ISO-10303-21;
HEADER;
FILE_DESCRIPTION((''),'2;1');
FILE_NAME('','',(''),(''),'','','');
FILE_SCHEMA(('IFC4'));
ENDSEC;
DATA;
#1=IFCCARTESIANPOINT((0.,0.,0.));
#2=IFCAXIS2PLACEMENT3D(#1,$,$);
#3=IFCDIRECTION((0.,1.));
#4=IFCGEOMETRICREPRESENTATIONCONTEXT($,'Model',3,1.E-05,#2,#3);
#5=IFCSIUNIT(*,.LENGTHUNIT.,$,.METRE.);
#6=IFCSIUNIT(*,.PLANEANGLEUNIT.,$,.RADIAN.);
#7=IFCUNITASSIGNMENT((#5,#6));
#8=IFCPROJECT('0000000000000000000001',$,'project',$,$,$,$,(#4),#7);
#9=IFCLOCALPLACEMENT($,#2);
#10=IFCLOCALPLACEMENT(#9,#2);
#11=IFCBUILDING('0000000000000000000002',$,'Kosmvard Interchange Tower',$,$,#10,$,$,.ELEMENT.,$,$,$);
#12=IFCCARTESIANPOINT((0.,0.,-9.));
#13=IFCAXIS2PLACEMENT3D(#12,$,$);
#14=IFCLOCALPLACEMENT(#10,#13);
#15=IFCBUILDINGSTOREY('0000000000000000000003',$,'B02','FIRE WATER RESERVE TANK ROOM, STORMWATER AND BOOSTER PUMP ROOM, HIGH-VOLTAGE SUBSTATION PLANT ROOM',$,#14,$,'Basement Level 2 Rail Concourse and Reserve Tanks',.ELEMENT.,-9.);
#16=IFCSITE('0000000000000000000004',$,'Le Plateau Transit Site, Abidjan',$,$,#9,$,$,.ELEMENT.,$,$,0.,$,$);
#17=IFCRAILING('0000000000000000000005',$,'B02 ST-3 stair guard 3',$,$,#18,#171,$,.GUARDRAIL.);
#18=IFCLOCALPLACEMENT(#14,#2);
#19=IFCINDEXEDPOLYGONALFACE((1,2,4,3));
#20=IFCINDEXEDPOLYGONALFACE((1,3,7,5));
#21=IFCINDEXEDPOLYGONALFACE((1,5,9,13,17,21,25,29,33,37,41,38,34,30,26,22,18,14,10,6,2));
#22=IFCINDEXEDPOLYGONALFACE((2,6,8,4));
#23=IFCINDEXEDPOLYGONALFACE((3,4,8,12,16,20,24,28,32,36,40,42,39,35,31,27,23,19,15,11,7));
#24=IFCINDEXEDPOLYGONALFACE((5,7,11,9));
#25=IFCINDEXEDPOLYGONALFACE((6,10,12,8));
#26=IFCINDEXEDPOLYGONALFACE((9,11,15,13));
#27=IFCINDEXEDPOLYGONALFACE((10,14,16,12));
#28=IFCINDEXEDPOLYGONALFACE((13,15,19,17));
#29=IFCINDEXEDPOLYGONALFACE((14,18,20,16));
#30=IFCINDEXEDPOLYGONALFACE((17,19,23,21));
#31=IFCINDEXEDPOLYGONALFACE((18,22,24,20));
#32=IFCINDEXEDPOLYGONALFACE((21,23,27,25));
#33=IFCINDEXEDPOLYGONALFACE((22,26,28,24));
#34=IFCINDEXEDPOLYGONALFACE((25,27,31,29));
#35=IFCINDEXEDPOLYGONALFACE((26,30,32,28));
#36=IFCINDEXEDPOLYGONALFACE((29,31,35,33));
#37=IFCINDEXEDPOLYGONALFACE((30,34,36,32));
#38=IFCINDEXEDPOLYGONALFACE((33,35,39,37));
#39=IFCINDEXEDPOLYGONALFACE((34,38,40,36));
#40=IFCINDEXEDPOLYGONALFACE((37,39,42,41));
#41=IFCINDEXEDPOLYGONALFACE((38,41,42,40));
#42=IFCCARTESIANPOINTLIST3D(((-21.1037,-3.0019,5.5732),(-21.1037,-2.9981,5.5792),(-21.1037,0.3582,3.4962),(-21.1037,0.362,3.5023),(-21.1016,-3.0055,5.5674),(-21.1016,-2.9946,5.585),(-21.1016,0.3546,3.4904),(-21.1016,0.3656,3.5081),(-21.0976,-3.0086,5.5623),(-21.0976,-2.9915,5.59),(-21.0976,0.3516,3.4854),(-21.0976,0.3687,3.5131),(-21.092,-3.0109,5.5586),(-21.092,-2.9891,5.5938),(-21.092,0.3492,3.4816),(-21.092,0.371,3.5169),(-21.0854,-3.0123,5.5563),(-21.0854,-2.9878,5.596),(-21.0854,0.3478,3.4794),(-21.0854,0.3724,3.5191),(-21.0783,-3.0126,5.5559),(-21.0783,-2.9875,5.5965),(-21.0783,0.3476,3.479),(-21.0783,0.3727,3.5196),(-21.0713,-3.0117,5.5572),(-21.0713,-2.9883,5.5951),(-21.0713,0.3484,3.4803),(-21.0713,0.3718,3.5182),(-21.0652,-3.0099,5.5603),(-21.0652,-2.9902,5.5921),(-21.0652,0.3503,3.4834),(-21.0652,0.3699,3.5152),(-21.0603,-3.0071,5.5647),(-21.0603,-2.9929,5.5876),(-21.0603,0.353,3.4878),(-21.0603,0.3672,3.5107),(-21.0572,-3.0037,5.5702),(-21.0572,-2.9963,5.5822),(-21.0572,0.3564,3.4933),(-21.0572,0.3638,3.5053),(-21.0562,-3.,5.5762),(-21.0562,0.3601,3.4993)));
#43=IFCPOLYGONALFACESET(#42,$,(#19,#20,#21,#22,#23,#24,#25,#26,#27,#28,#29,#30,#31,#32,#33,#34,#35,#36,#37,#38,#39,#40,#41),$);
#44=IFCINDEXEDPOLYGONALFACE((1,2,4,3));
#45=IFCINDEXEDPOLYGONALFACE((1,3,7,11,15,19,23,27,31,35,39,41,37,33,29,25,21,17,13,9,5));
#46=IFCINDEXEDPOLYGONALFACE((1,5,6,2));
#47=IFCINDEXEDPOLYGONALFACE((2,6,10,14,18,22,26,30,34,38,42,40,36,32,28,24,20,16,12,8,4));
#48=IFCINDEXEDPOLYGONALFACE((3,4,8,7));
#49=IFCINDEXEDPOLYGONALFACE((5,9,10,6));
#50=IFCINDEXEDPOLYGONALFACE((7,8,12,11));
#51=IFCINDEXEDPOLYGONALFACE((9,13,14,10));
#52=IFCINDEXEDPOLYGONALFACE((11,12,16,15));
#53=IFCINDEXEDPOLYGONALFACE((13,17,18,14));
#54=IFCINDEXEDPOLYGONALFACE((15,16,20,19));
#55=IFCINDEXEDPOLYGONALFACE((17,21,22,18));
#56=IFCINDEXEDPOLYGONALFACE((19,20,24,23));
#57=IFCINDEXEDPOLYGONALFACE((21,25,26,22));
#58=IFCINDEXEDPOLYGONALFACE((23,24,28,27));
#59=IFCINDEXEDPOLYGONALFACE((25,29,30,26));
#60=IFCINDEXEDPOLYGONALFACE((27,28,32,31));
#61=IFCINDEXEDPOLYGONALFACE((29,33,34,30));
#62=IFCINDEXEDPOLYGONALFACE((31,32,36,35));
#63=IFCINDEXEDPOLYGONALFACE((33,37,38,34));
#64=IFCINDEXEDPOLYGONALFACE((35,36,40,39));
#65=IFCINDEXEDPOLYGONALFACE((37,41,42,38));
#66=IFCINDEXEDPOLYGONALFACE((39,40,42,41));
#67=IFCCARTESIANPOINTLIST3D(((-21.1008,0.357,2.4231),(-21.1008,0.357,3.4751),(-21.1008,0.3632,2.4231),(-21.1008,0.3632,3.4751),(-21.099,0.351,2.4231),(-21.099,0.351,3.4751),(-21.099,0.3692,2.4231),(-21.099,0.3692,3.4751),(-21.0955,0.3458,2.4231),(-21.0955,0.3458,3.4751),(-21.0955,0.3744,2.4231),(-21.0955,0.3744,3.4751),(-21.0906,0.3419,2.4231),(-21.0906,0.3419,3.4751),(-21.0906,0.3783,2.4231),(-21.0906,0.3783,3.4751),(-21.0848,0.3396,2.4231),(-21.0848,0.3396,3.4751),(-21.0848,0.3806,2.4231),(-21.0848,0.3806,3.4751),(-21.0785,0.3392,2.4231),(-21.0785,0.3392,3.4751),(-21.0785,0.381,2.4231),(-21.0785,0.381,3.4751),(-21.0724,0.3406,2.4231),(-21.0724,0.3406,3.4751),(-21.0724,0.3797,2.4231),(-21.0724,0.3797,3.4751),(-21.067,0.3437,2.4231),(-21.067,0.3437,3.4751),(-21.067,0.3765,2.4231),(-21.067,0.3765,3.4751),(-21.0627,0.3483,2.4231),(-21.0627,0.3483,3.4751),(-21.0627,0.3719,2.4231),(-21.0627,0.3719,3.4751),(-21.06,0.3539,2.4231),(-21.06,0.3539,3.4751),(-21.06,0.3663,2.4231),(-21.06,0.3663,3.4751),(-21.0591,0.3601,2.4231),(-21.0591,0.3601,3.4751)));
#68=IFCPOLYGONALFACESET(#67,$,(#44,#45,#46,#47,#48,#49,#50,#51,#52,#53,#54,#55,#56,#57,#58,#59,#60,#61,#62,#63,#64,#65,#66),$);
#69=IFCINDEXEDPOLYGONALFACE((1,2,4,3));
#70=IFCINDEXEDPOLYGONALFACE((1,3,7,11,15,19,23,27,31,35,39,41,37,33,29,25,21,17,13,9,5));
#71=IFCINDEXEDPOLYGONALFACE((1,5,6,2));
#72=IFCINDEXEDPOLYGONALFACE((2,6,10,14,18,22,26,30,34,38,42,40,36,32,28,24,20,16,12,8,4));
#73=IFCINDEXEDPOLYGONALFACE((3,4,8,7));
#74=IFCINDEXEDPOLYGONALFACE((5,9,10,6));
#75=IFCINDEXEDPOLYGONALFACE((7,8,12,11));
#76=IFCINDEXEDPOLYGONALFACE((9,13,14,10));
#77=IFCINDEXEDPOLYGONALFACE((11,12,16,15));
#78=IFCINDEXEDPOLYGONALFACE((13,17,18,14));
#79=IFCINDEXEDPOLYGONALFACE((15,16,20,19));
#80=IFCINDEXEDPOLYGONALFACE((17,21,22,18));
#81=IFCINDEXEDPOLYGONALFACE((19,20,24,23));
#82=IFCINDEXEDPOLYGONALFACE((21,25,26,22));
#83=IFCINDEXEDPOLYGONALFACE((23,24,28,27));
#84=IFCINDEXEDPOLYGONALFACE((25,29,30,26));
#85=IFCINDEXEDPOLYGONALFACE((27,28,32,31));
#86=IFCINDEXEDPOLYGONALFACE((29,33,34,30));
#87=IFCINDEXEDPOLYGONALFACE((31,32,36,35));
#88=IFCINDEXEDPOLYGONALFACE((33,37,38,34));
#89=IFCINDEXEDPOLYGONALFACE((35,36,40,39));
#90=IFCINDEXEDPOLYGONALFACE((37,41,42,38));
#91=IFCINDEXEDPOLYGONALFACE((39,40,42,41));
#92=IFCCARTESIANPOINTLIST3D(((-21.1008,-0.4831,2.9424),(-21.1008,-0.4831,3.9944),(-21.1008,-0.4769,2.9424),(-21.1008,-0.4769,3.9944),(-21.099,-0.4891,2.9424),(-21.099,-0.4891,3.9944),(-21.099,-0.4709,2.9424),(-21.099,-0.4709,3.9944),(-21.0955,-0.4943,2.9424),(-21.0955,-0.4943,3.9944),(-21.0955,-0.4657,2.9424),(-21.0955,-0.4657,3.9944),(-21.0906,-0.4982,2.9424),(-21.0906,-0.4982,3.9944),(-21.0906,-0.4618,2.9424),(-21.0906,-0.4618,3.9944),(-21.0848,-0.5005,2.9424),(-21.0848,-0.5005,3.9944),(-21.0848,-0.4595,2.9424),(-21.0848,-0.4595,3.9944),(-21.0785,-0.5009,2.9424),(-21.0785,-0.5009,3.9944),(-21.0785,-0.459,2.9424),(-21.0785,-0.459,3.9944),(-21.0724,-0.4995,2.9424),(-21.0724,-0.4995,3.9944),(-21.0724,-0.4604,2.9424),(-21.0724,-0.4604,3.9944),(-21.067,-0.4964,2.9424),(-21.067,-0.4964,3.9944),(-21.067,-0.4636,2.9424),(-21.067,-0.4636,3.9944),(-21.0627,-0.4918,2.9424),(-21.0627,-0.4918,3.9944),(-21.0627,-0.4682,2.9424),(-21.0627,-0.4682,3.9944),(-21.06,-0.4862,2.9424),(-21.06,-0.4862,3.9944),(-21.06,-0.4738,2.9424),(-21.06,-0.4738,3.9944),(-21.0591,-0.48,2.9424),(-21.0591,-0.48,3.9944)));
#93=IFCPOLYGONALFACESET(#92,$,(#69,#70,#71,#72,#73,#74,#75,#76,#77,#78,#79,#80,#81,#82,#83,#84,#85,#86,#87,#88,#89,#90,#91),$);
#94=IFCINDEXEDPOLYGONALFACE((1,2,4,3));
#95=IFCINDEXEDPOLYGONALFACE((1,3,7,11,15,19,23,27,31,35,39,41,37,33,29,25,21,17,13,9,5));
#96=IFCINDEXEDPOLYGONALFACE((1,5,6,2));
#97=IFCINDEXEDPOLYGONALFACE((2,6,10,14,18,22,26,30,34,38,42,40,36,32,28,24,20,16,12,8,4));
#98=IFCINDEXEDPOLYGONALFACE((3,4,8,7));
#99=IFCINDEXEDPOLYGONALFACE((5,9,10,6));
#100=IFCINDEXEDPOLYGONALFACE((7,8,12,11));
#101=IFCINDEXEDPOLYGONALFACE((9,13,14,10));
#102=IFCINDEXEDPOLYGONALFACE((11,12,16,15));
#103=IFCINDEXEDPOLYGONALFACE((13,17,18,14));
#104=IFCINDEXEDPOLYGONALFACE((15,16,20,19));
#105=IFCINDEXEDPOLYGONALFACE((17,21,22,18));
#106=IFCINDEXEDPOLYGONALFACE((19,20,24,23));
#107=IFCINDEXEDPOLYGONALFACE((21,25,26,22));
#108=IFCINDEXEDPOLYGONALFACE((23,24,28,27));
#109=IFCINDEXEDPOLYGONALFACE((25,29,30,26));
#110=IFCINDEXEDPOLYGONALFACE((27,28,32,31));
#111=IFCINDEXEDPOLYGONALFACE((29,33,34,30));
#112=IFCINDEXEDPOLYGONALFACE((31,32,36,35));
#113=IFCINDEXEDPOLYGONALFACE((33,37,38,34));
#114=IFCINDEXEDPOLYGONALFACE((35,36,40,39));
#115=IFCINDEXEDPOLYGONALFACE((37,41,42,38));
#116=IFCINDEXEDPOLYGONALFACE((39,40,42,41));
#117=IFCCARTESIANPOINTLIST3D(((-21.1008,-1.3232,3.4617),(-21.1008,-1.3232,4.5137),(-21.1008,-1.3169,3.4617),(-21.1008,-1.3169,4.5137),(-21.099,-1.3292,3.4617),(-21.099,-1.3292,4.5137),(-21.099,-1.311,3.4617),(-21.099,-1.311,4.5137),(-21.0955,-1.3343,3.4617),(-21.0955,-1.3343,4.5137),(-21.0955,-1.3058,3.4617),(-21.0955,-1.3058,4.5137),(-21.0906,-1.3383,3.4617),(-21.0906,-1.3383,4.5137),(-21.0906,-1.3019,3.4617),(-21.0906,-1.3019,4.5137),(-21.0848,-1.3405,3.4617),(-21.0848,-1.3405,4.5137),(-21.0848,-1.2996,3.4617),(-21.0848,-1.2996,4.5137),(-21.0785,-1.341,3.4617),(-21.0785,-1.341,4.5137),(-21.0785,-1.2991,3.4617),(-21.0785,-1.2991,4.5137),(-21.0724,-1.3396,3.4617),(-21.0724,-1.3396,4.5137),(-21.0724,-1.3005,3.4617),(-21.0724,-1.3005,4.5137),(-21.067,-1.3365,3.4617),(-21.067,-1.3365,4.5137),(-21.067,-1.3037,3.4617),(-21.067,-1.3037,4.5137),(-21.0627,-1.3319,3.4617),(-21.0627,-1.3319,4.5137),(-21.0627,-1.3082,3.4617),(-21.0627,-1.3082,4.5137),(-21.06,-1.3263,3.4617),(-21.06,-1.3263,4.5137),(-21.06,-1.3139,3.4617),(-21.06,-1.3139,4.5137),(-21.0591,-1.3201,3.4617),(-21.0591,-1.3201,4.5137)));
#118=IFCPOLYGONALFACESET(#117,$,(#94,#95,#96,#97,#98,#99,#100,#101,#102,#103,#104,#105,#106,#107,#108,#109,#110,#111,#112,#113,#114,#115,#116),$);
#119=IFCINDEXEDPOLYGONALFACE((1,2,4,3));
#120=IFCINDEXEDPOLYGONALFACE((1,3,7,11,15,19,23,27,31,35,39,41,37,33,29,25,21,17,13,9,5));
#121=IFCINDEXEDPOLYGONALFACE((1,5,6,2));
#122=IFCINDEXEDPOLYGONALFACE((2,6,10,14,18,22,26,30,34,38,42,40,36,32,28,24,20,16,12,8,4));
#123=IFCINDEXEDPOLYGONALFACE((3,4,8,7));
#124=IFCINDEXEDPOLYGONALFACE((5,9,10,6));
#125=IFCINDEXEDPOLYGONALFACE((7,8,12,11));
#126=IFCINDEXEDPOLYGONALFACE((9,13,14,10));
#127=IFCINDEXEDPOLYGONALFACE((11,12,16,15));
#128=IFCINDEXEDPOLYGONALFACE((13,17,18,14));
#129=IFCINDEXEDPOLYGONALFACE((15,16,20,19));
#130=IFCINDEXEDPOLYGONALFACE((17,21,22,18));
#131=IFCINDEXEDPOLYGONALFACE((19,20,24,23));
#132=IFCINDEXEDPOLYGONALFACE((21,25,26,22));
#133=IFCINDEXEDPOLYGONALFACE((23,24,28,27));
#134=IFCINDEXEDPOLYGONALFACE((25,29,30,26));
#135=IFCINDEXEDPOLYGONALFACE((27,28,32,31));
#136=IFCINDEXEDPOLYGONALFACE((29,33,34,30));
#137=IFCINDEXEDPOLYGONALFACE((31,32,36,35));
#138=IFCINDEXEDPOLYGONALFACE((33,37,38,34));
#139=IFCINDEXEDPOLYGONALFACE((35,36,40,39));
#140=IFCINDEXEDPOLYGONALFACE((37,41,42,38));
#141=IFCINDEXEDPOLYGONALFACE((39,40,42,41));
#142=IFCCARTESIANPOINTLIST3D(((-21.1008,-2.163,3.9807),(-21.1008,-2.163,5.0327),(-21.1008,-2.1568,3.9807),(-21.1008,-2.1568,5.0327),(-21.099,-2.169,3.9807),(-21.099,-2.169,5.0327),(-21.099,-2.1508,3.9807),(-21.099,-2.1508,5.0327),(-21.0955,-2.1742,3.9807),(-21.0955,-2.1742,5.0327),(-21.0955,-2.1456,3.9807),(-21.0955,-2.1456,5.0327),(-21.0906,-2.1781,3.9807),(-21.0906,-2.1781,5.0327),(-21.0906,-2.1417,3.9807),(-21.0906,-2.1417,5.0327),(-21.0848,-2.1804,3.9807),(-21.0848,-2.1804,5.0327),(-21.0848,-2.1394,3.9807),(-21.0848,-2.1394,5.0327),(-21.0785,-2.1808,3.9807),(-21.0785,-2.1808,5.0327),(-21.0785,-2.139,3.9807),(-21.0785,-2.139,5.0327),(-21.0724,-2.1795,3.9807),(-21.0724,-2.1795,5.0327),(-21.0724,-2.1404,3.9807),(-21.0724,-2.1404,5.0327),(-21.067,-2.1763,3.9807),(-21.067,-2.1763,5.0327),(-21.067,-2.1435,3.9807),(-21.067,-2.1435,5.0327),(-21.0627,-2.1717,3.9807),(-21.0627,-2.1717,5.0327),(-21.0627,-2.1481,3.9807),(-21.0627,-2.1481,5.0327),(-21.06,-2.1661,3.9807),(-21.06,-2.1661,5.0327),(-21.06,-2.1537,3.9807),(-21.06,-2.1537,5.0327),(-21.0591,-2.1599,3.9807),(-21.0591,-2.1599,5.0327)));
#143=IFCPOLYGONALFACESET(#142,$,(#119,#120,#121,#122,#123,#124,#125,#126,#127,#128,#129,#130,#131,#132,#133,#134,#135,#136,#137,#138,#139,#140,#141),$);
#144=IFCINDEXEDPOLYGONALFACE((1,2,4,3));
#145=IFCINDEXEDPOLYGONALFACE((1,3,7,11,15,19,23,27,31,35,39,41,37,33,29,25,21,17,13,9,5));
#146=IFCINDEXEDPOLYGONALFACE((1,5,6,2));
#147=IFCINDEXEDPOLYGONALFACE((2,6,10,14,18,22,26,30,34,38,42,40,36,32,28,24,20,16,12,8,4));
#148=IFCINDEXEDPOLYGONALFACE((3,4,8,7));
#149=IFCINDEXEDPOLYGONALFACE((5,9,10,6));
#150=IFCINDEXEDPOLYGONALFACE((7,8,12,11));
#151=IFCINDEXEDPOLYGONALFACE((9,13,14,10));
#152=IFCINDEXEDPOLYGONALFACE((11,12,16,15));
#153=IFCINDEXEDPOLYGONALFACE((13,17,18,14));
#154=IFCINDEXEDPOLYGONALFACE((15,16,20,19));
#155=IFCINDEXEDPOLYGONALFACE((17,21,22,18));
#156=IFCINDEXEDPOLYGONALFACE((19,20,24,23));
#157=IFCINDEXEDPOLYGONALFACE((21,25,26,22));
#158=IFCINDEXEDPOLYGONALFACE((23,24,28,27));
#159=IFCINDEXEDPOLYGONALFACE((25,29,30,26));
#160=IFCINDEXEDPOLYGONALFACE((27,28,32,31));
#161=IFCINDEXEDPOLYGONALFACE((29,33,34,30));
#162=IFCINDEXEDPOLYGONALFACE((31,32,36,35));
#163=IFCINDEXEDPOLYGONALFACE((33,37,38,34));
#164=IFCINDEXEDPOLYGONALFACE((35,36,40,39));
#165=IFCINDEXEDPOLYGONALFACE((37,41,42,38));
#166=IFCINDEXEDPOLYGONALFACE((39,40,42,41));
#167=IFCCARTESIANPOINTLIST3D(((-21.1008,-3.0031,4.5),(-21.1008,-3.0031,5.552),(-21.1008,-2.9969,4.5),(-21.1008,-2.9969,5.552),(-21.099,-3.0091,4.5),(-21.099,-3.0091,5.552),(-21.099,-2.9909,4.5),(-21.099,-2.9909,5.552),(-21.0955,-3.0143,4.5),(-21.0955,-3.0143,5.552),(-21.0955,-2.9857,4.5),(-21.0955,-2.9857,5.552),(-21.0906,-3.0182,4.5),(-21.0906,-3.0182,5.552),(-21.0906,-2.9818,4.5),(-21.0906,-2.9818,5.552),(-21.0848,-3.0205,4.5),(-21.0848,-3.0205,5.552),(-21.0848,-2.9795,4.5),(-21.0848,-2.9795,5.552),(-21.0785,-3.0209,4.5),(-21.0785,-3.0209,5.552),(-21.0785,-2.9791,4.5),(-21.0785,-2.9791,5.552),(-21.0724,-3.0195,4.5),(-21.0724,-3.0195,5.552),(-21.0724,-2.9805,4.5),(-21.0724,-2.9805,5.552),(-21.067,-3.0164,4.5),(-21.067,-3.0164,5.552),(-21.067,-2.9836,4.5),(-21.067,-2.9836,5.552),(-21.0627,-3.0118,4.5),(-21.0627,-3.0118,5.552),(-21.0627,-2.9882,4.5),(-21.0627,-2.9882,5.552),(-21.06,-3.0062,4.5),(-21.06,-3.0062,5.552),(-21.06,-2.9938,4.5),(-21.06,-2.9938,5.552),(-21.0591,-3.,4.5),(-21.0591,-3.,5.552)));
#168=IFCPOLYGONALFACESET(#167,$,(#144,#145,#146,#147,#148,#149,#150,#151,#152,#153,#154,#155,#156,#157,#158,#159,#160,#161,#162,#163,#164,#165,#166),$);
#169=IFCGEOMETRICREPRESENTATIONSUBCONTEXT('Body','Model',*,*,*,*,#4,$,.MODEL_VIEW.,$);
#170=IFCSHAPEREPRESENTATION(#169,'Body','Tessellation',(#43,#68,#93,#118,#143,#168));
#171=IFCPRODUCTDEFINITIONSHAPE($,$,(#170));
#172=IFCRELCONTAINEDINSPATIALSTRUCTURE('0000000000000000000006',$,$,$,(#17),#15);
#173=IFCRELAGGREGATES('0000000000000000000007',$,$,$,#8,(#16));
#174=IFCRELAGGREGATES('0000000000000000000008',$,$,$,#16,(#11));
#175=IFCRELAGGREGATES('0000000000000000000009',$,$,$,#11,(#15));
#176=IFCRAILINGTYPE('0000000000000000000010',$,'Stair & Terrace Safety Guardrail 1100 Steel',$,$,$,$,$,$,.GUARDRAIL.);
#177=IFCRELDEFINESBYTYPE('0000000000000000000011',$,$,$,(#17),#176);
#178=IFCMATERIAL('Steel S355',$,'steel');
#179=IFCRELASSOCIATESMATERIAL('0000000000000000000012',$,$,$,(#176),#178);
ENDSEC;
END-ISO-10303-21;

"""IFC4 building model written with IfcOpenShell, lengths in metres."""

from ifc_helpers import new_model, si_unit, direction, frame, origin, origin_2d, place, context, subcontext, project, spatial, circle, extrude, source, transform, mapped, material, type_object, element, save


model = new_model("IFC4")

# Units and contexts
model_context = context("Model", 3, precision=1e-05, world=origin(), true_north=direction((0.0, 1.0)))
body_context = subcontext(model_context, "Body", "Model", "MODEL_VIEW")
ifc_project = project(units=[si_unit("LENGTHUNIT", "METRE"), si_unit("PLANEANGLEUNIT", "RADIAN")], contexts=[model_context])

# Site, building, storey
site_placement = place(None, origin())
site = spatial("IfcSite", under=ifc_project, at=site_placement, Name="Le Plateau Transit Site, Abidjan", CompositionType="ELEMENT", RefElevation=0.0)
building_placement = place(site_placement, origin())
building = spatial("IfcBuilding", under=site, at=building_placement, Name="Kosmvard Interchange Tower", CompositionType="ELEMENT")
storey_placement = place(building_placement, frame((0.0, 0.0, -9.0)))
storey = spatial("IfcBuildingStorey", under=building, at=storey_placement, Name="B02", Description="FIRE WATER RESERVE TANK ROOM, STORMWATER AND BOOSTER PUMP ROOM, HIGH-VOLTAGE SUBSTATION PLANT ROOM", LongName="Basement Level 2 Rail Concourse and Reserve Tanks", CompositionType="ELEMENT", Elevation=-9.0)

# Railing
ifc_material_1 = material(Name="Steel S355", Category="steel")
railing_type_1 = type_object("IfcRailingType", Name="Stair & Terrace Safety Guardrail 1100 Steel", PredefinedType="GUARDRAIL", material=ifc_material_1)
shared_shape_1 = source(origin(), body_context, "Body", "SweptSolid", [
    extrude(circle(Radius=0.0239, at=origin_2d()), frame((0.0, 0.0, 1.0762), z_axis=(0.0, -0.850623, 0.525776), x_axis=(1.0, 0.0, 0.0)), (0.0, 0.0, 1.0), 3.9502),
    extrude(circle(Radius=0.021, at=origin_2d()), origin(), (0.0, 0.0, 1.0), 1.052),
    extrude(circle(Radius=0.021, at=origin_2d()), frame((0.0, -0.8401, 0.5193)), (0.0, 0.0, 1.0), 1.052),
    extrude(circle(Radius=0.021, at=origin_2d()), frame((0.0, -1.6802, 1.0386)), (0.0, 0.0, 1.0), 1.052),
    extrude(circle(Radius=0.021, at=origin_2d()), frame((0.0, -2.52, 1.5576)), (0.0, 0.0, 1.0), 1.052),
    extrude(circle(Radius=0.021, at=origin_2d()), frame((0.0, -3.3601, 2.0769)), (0.0, 0.0, 1.0), 1.052),
])
railing_1_placement = place(storey_placement, frame((-21.0801, 0.3601, 2.4231)))
element("IfcRailing", 1, at=railing_1_placement, inside=storey, type_object=railing_type_1, Name="B02 ST-3 stair guard 3", PredefinedType="GUARDRAIL", context=body_context, shape_type="MappedRepresentation", body=[
    mapped(shared_shape_1, transform((0.0, 0.0, 0.0), scale=1.0)),
])

save(model, "model.ifc")
